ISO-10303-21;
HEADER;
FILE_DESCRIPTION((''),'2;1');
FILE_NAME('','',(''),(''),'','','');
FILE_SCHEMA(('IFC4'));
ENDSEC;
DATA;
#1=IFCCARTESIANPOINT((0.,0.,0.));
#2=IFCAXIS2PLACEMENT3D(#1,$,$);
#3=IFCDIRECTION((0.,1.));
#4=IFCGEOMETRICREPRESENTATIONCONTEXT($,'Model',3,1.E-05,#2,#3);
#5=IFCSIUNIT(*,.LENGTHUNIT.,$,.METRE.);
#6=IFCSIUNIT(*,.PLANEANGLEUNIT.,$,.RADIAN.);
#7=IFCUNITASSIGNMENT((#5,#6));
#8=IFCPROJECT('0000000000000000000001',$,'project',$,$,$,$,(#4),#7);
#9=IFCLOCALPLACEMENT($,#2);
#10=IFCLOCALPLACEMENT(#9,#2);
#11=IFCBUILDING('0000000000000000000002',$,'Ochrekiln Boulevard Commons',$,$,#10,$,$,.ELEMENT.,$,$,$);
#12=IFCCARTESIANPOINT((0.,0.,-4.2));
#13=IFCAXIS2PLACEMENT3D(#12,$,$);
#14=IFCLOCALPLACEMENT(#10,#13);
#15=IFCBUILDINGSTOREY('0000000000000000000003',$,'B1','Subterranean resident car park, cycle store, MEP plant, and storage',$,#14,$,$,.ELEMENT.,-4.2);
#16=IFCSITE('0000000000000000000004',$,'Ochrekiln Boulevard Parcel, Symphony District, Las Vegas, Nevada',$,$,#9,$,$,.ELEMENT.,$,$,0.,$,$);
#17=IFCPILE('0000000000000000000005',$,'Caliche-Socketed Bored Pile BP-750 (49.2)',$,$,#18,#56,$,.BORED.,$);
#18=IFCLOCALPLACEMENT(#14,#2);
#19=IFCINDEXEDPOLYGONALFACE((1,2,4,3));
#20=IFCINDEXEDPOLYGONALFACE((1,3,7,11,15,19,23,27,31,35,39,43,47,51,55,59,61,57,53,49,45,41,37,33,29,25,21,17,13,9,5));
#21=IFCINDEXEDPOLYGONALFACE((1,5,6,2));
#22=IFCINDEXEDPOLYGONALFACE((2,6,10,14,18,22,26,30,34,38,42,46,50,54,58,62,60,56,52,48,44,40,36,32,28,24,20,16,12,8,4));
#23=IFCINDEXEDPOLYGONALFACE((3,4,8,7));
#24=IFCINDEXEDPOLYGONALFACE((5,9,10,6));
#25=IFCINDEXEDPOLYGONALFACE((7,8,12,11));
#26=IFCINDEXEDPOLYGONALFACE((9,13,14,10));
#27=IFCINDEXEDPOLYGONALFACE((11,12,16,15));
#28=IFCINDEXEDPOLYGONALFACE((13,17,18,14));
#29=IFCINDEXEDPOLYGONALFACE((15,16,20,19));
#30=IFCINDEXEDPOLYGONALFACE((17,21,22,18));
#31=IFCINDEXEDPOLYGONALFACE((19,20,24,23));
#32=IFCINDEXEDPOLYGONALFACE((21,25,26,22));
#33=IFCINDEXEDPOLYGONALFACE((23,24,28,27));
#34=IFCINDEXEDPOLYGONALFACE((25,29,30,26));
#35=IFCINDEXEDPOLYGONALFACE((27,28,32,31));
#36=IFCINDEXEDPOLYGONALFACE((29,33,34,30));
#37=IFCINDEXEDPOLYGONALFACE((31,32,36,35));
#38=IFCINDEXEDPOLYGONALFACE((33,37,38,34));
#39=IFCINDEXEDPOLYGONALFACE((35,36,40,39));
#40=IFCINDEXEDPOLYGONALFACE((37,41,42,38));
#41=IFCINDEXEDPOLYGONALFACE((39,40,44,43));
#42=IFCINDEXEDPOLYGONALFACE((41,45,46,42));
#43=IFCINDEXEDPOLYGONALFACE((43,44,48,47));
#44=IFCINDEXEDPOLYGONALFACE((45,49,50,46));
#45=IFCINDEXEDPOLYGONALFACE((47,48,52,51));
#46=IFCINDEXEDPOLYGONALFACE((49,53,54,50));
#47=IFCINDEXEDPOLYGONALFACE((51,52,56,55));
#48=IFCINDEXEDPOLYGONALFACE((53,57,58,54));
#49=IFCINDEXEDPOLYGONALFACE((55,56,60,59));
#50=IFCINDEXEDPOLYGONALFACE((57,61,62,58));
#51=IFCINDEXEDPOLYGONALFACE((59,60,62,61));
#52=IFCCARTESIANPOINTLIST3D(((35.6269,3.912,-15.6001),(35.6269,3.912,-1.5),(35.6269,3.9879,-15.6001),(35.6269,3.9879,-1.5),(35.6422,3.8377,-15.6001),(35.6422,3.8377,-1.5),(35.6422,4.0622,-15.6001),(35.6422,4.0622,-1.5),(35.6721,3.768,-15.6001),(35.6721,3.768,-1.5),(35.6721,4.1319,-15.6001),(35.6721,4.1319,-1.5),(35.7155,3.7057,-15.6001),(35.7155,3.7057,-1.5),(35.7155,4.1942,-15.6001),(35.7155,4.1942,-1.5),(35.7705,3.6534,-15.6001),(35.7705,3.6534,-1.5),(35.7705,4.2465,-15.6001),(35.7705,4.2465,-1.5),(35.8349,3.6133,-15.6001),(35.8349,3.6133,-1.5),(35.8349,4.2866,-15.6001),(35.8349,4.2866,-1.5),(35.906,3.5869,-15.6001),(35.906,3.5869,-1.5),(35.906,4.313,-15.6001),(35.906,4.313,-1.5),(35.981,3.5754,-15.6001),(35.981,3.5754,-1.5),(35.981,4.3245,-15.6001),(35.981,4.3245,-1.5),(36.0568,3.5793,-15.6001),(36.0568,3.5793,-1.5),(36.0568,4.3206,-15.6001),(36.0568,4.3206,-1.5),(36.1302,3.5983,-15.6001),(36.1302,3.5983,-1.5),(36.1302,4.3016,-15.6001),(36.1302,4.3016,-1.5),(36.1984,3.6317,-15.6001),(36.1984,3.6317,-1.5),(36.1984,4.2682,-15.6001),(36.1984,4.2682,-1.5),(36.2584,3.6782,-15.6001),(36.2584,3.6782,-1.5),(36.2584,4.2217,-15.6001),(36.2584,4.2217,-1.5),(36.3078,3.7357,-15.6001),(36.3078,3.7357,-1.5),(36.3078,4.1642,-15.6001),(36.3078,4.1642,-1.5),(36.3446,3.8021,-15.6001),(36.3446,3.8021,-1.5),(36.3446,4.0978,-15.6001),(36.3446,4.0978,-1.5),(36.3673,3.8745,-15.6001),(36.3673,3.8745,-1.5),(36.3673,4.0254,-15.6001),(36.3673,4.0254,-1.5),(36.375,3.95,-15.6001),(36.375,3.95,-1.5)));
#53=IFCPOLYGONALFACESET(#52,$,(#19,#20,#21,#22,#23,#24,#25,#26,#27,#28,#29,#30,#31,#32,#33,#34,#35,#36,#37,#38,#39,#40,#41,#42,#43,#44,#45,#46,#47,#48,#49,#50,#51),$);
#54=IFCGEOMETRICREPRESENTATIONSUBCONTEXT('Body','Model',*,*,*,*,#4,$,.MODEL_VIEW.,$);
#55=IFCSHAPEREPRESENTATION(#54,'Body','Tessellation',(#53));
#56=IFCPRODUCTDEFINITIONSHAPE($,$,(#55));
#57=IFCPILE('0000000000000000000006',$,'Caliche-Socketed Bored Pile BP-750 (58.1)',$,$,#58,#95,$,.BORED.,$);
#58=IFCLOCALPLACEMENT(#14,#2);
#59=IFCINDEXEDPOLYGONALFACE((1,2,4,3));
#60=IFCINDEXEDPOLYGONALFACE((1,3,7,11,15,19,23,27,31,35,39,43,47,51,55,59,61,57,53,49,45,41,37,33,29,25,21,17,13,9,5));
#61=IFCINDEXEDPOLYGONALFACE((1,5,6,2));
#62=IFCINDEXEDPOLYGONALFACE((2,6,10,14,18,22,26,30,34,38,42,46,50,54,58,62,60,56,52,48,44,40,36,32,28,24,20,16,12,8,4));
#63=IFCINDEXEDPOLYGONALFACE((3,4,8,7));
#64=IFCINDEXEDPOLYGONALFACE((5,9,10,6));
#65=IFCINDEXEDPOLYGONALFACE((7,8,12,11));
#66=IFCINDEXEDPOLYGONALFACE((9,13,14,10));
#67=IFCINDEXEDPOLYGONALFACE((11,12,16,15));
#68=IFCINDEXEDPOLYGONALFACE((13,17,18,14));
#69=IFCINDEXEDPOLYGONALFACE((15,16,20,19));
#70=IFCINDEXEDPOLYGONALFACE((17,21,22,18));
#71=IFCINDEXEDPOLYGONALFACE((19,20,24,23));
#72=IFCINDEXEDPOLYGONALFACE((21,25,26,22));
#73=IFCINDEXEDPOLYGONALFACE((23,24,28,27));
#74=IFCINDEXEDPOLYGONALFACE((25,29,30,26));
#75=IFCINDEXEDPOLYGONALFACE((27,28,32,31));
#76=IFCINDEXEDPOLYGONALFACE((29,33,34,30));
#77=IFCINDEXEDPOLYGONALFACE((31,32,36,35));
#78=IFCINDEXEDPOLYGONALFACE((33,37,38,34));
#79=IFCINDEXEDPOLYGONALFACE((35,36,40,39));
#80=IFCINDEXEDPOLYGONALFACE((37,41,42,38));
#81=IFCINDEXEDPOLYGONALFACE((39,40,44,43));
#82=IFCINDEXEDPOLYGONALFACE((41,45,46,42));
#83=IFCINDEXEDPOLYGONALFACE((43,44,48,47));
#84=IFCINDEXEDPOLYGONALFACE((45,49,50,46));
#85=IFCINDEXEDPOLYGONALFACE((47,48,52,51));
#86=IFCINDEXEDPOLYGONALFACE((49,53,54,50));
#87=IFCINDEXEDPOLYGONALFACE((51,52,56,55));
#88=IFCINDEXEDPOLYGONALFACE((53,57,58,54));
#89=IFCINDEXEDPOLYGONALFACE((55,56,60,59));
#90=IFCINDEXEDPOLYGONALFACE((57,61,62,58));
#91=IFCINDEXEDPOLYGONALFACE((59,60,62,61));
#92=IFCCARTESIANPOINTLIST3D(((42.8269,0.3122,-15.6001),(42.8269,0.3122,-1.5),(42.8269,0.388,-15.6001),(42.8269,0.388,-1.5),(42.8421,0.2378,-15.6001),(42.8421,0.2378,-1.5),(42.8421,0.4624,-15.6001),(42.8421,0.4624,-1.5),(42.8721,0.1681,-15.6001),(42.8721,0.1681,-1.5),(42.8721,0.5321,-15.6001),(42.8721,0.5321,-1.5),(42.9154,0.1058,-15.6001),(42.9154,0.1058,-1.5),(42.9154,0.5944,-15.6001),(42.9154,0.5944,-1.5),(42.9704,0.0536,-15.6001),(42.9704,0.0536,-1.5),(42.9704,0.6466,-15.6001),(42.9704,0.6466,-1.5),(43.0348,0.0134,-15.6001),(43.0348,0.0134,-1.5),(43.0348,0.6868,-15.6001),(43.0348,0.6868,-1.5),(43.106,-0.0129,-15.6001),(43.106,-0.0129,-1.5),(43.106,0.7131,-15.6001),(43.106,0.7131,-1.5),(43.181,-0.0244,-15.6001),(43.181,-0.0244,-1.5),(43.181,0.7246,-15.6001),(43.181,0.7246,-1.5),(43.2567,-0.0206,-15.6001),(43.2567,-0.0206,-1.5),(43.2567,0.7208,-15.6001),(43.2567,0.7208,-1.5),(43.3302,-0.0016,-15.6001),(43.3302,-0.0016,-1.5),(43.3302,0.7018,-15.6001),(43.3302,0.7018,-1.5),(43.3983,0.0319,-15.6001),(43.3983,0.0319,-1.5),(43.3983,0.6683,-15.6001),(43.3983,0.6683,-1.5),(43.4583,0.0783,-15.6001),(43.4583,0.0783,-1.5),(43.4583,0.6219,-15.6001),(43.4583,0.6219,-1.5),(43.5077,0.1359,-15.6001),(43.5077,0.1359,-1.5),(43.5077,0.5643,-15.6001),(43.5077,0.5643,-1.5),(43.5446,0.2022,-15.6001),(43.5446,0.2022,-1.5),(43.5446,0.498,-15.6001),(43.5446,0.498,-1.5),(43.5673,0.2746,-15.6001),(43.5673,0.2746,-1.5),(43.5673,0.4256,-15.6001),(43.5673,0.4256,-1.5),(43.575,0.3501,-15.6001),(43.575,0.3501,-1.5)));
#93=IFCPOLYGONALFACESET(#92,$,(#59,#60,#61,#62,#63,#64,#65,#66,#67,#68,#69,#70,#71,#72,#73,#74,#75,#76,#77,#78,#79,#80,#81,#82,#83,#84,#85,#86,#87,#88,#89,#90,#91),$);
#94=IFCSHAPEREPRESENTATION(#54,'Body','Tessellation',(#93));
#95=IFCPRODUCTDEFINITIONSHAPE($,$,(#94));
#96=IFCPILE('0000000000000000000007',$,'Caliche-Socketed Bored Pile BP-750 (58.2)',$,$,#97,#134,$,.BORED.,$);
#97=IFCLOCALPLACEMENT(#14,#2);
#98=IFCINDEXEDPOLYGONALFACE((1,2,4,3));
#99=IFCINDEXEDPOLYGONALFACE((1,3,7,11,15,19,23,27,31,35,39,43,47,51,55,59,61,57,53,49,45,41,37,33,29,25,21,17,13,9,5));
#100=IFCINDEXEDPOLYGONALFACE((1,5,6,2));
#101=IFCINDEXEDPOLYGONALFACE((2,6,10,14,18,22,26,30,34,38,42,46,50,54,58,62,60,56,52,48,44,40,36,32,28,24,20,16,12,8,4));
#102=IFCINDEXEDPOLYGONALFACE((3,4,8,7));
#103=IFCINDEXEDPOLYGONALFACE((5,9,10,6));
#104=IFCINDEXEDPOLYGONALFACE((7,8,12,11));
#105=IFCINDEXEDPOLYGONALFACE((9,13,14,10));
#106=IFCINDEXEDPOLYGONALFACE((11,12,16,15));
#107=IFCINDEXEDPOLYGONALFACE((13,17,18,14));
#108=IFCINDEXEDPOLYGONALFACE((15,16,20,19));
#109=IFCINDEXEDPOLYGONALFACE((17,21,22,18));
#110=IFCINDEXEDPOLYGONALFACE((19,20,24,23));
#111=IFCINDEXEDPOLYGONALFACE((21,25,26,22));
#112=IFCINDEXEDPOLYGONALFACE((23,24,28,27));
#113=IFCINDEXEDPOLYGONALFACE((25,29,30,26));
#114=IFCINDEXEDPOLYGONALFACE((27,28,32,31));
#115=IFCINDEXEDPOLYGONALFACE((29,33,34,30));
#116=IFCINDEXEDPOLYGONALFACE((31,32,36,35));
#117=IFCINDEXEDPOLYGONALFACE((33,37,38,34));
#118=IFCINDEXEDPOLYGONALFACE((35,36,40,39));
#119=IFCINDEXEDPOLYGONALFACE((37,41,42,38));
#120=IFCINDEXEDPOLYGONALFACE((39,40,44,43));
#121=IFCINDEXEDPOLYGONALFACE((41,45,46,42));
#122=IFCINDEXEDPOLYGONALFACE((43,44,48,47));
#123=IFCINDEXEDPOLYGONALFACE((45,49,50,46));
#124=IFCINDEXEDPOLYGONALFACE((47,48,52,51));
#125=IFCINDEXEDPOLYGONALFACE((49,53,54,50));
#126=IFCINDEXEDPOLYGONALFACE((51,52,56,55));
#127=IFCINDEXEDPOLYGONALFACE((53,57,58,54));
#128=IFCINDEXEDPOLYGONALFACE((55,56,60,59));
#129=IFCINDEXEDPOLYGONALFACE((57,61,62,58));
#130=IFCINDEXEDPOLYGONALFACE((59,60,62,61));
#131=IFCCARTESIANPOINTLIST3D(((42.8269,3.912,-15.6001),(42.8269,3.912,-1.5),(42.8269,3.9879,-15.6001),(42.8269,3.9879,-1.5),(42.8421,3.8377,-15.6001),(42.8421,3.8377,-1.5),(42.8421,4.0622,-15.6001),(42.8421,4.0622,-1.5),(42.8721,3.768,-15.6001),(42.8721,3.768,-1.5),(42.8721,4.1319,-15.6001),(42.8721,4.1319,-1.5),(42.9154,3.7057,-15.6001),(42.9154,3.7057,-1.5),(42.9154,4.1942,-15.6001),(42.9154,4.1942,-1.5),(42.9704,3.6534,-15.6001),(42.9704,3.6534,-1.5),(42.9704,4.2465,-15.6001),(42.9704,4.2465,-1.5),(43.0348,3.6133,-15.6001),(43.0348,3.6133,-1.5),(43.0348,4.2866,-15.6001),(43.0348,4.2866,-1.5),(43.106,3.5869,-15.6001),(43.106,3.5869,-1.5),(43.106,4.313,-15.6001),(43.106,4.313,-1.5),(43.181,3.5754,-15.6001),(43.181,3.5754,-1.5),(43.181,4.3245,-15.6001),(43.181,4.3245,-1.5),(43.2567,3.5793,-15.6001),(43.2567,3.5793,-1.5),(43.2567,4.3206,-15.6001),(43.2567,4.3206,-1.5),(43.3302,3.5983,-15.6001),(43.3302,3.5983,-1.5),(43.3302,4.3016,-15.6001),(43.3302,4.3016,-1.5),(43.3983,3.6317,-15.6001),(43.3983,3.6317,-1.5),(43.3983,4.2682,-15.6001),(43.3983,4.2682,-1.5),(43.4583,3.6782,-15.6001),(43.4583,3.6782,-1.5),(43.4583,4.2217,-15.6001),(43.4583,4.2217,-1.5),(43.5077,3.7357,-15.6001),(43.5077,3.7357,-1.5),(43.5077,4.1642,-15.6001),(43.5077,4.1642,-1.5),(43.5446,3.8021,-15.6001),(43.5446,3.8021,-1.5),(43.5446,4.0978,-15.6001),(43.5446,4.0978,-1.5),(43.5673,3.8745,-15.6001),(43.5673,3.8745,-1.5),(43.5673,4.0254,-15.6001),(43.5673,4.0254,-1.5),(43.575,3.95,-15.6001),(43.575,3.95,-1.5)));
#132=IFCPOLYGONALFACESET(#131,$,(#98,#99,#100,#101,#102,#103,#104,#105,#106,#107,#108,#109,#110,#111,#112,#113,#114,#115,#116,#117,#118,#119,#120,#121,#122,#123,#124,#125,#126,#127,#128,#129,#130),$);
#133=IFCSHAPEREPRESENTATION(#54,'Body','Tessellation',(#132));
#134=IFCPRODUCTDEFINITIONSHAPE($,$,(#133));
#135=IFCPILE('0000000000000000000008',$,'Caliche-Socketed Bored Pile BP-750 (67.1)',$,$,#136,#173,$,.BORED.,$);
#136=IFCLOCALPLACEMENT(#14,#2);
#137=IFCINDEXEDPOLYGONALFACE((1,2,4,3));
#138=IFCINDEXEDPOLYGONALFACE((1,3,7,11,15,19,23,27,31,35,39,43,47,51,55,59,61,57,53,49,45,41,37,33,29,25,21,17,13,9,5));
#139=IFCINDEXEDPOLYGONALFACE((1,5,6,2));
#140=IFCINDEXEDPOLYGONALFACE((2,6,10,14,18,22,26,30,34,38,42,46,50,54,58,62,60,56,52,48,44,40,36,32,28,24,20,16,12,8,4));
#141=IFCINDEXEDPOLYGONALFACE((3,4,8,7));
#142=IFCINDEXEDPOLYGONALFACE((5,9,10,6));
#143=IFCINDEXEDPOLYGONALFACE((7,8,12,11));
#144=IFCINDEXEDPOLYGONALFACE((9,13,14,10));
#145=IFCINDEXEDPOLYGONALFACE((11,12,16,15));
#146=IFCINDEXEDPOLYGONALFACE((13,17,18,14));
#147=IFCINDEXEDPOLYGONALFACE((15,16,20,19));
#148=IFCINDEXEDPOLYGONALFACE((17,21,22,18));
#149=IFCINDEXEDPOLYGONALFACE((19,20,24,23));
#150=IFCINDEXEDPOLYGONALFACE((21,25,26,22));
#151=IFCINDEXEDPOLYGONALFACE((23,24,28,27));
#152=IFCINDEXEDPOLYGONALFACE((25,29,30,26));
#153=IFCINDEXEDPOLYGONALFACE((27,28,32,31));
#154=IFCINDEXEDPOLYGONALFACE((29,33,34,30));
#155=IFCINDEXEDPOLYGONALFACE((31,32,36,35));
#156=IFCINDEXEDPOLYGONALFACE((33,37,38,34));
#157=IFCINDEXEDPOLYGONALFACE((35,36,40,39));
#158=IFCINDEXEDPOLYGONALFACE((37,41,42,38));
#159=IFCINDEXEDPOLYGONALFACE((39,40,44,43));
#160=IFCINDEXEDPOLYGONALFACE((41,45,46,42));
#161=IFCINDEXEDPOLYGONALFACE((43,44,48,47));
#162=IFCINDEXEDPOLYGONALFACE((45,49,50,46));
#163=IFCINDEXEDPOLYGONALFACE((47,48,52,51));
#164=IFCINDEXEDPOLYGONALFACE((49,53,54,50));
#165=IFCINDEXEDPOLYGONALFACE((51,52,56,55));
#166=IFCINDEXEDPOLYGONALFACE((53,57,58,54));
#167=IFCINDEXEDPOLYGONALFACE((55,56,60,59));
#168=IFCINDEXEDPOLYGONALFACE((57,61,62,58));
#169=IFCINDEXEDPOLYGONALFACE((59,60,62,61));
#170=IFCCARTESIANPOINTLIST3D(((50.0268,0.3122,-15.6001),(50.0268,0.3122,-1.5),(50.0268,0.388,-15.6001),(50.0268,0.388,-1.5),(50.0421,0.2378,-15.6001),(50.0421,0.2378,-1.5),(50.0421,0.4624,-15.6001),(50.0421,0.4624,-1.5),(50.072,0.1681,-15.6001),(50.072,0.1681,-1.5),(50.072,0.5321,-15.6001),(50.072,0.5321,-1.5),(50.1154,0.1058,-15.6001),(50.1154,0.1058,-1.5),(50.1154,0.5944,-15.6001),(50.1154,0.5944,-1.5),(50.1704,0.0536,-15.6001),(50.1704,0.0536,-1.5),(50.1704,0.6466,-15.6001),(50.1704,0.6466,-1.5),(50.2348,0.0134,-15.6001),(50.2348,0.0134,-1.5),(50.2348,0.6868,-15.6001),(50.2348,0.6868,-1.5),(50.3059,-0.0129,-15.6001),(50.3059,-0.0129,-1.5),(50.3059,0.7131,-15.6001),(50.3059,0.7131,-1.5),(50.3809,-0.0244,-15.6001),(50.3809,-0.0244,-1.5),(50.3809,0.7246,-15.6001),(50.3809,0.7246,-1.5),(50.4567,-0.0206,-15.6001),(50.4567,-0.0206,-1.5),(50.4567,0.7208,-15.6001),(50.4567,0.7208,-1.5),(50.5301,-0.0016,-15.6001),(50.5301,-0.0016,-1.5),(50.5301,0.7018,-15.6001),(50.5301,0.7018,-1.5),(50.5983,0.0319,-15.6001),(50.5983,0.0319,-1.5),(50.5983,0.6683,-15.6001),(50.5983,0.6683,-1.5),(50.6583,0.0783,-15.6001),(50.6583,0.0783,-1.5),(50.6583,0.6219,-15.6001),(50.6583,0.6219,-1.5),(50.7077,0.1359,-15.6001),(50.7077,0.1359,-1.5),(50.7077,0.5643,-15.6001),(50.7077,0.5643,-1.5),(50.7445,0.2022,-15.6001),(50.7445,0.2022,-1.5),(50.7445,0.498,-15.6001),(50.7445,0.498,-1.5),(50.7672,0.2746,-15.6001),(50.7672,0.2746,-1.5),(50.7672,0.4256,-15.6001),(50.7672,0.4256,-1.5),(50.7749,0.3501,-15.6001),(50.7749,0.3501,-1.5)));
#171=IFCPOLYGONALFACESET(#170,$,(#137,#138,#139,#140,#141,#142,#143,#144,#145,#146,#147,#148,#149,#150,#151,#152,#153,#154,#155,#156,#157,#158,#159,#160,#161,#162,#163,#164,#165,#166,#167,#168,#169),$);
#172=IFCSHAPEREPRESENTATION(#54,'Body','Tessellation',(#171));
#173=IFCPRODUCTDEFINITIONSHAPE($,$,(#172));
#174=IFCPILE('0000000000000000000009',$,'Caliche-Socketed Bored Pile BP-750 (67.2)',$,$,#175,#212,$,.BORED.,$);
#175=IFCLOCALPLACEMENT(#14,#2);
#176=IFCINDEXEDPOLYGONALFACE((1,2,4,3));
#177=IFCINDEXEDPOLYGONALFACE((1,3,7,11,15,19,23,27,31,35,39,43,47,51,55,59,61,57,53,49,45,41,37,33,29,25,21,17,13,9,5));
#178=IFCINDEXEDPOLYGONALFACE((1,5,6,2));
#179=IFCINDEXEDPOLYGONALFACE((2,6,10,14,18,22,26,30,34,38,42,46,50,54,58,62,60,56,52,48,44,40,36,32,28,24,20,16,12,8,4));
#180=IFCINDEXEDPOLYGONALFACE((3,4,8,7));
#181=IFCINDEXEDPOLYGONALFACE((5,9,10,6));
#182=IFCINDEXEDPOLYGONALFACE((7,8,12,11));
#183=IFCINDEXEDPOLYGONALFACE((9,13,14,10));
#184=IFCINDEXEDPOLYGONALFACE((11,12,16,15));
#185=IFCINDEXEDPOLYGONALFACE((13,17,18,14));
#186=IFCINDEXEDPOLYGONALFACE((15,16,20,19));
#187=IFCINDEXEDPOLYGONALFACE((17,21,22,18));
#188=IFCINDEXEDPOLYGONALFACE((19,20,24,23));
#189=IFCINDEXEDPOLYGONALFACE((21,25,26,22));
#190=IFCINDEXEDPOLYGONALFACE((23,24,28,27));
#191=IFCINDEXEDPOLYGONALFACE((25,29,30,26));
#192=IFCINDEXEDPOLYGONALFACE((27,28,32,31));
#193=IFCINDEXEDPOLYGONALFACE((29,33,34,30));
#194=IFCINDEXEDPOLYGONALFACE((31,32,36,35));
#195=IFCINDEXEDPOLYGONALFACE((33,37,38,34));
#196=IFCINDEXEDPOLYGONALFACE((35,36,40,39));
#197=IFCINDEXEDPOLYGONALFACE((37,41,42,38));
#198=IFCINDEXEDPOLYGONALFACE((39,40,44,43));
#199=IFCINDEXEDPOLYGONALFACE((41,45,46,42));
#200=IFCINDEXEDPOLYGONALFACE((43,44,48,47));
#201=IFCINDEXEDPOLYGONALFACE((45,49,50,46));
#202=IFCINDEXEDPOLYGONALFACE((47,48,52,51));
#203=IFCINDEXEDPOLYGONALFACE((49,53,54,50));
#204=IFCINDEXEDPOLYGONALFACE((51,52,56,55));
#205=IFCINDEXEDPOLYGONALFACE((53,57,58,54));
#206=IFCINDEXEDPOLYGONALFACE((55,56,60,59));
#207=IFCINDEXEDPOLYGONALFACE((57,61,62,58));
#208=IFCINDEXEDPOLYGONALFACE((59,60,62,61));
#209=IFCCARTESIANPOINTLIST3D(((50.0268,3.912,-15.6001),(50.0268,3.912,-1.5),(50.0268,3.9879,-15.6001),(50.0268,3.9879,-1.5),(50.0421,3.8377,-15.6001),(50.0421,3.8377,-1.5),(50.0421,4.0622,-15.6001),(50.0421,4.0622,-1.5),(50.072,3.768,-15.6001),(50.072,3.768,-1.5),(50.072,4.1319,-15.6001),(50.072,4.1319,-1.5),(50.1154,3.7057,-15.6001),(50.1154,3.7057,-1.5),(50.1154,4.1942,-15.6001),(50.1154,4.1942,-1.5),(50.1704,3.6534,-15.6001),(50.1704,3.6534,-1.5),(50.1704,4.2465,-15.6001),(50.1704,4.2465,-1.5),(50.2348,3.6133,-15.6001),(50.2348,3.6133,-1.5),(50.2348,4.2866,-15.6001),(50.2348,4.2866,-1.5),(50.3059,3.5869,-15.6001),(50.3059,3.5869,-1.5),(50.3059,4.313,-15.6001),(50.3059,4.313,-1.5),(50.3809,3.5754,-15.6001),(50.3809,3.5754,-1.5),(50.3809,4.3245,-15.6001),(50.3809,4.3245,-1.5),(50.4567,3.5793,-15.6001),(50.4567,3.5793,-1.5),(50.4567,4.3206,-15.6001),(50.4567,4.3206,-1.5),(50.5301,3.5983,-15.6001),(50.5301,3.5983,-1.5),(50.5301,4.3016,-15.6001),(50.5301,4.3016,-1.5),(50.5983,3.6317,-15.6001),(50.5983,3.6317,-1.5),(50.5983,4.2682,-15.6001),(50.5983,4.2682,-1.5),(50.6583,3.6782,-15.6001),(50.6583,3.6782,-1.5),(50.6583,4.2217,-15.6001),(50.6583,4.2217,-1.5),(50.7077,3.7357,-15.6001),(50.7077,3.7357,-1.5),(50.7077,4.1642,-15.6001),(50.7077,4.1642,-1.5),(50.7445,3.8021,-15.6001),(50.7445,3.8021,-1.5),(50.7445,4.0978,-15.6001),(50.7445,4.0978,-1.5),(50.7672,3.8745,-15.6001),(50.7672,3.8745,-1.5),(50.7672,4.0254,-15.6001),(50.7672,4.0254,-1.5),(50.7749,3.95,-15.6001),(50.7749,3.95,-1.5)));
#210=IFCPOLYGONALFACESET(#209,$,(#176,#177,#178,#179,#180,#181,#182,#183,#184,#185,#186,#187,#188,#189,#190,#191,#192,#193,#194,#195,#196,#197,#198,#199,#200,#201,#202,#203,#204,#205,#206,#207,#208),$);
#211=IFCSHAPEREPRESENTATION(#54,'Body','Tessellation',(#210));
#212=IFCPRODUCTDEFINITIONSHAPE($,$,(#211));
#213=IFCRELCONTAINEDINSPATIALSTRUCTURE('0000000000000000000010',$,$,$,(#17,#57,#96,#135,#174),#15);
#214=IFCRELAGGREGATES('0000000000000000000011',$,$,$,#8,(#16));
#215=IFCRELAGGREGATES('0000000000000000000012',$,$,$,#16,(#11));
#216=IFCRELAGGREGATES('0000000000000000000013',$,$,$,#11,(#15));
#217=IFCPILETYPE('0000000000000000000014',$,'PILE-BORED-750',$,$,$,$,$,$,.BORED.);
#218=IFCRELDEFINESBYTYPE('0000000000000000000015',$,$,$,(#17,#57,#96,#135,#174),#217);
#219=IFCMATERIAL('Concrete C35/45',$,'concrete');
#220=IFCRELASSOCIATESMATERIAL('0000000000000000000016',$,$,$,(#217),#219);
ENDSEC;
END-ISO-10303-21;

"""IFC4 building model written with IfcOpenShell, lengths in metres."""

from ifc_helpers import new_model, si_unit, direction, frame, origin, origin_2d, place, context, subcontext, project, spatial, circle, extrude, material, material_profile, profile_set, type_object, element, save


model = new_model("IFC4")

# Units and contexts
model_context = context("Model", 3, precision=1e-05, world=origin(), true_north=direction((0.0, 1.0)))
body_context = subcontext(model_context, "Body", "Model", "MODEL_VIEW")
ifc_project = project(units=[si_unit("LENGTHUNIT", "METRE"), si_unit("PLANEANGLEUNIT", "RADIAN")], contexts=[model_context])

# Site, building, storey
site_placement = place(None, origin())
site = spatial("IfcSite", under=ifc_project, at=site_placement, Name="Ochrekiln Boulevard Parcel, Symphony District, Las Vegas, Nevada", CompositionType="ELEMENT", RefElevation=0.0)
building_placement = place(site_placement, origin())
building = spatial("IfcBuilding", under=site, at=building_placement, Name="Ochrekiln Boulevard Commons", CompositionType="ELEMENT")
storey_placement = place(building_placement, frame((0.0, 0.0, -4.2)))
storey = spatial("IfcBuildingStorey", under=building, at=storey_placement, Name="B1", Description="Subterranean resident car park, cycle store, MEP plant, and storage", CompositionType="ELEMENT", Elevation=-4.2)

# Shared definitions
ifc_material_1 = material(Name="Concrete C35/45", Category="concrete")

# Piles
ifc_material_profile_1 = material_profile(ifc_material_1, circle(Radius=0.375, at=origin_2d()), Name="PILE-D750")
ifc_profile_set_1 = profile_set([ifc_material_profile_1], Name="Concrete C35/45")
pile_type_1 = type_object("IfcPileType", Name="PILE-BORED-750", PredefinedType="BORED", material=ifc_profile_set_1)
for number, where, z_axis, x_axis, name in (
    (1, (36.0, 3.95, -1.5), (0.0, 0.0, -1.0), (1.0, 0.0, 0.0), "Caliche-Socketed Bored Pile BP-750 (49.2)"),
    (2, (43.2, 0.3501, -1.5), (0.0, 0.0, -1.0), (1.0, 0.0, 0.0), "Caliche-Socketed Bored Pile BP-750 (58.1)"),
    (3, (43.2, 3.95, -1.5), (0.0, 0.0, -1.0), (1.0, 0.0, 0.0), "Caliche-Socketed Bored Pile BP-750 (58.2)"),
    (4, (50.3999, 0.3501, -1.5), (0.0, 0.0, -1.0), (1.0, 0.0, 0.0), "Caliche-Socketed Bored Pile BP-750 (67.1)"),
    (5, (50.3999, 3.95, -1.5), (0.0, 0.0, -1.0), (1.0, 0.0, 0.0), "Caliche-Socketed Bored Pile BP-750 (67.2)"),
):
    element("IfcPile", number, at=place(storey_placement, frame(where, z_axis=z_axis, x_axis=x_axis)), inside=storey, type_object=pile_type_1, Name=name, PredefinedType="BORED", context=body_context, shape_type="SweptSolid", body=[
        extrude(circle(Radius=0.375, at=origin_2d()), origin(), (0.0, 0.0, 1.0), 14.1001),
    ])

save(model, "model.ifc")
